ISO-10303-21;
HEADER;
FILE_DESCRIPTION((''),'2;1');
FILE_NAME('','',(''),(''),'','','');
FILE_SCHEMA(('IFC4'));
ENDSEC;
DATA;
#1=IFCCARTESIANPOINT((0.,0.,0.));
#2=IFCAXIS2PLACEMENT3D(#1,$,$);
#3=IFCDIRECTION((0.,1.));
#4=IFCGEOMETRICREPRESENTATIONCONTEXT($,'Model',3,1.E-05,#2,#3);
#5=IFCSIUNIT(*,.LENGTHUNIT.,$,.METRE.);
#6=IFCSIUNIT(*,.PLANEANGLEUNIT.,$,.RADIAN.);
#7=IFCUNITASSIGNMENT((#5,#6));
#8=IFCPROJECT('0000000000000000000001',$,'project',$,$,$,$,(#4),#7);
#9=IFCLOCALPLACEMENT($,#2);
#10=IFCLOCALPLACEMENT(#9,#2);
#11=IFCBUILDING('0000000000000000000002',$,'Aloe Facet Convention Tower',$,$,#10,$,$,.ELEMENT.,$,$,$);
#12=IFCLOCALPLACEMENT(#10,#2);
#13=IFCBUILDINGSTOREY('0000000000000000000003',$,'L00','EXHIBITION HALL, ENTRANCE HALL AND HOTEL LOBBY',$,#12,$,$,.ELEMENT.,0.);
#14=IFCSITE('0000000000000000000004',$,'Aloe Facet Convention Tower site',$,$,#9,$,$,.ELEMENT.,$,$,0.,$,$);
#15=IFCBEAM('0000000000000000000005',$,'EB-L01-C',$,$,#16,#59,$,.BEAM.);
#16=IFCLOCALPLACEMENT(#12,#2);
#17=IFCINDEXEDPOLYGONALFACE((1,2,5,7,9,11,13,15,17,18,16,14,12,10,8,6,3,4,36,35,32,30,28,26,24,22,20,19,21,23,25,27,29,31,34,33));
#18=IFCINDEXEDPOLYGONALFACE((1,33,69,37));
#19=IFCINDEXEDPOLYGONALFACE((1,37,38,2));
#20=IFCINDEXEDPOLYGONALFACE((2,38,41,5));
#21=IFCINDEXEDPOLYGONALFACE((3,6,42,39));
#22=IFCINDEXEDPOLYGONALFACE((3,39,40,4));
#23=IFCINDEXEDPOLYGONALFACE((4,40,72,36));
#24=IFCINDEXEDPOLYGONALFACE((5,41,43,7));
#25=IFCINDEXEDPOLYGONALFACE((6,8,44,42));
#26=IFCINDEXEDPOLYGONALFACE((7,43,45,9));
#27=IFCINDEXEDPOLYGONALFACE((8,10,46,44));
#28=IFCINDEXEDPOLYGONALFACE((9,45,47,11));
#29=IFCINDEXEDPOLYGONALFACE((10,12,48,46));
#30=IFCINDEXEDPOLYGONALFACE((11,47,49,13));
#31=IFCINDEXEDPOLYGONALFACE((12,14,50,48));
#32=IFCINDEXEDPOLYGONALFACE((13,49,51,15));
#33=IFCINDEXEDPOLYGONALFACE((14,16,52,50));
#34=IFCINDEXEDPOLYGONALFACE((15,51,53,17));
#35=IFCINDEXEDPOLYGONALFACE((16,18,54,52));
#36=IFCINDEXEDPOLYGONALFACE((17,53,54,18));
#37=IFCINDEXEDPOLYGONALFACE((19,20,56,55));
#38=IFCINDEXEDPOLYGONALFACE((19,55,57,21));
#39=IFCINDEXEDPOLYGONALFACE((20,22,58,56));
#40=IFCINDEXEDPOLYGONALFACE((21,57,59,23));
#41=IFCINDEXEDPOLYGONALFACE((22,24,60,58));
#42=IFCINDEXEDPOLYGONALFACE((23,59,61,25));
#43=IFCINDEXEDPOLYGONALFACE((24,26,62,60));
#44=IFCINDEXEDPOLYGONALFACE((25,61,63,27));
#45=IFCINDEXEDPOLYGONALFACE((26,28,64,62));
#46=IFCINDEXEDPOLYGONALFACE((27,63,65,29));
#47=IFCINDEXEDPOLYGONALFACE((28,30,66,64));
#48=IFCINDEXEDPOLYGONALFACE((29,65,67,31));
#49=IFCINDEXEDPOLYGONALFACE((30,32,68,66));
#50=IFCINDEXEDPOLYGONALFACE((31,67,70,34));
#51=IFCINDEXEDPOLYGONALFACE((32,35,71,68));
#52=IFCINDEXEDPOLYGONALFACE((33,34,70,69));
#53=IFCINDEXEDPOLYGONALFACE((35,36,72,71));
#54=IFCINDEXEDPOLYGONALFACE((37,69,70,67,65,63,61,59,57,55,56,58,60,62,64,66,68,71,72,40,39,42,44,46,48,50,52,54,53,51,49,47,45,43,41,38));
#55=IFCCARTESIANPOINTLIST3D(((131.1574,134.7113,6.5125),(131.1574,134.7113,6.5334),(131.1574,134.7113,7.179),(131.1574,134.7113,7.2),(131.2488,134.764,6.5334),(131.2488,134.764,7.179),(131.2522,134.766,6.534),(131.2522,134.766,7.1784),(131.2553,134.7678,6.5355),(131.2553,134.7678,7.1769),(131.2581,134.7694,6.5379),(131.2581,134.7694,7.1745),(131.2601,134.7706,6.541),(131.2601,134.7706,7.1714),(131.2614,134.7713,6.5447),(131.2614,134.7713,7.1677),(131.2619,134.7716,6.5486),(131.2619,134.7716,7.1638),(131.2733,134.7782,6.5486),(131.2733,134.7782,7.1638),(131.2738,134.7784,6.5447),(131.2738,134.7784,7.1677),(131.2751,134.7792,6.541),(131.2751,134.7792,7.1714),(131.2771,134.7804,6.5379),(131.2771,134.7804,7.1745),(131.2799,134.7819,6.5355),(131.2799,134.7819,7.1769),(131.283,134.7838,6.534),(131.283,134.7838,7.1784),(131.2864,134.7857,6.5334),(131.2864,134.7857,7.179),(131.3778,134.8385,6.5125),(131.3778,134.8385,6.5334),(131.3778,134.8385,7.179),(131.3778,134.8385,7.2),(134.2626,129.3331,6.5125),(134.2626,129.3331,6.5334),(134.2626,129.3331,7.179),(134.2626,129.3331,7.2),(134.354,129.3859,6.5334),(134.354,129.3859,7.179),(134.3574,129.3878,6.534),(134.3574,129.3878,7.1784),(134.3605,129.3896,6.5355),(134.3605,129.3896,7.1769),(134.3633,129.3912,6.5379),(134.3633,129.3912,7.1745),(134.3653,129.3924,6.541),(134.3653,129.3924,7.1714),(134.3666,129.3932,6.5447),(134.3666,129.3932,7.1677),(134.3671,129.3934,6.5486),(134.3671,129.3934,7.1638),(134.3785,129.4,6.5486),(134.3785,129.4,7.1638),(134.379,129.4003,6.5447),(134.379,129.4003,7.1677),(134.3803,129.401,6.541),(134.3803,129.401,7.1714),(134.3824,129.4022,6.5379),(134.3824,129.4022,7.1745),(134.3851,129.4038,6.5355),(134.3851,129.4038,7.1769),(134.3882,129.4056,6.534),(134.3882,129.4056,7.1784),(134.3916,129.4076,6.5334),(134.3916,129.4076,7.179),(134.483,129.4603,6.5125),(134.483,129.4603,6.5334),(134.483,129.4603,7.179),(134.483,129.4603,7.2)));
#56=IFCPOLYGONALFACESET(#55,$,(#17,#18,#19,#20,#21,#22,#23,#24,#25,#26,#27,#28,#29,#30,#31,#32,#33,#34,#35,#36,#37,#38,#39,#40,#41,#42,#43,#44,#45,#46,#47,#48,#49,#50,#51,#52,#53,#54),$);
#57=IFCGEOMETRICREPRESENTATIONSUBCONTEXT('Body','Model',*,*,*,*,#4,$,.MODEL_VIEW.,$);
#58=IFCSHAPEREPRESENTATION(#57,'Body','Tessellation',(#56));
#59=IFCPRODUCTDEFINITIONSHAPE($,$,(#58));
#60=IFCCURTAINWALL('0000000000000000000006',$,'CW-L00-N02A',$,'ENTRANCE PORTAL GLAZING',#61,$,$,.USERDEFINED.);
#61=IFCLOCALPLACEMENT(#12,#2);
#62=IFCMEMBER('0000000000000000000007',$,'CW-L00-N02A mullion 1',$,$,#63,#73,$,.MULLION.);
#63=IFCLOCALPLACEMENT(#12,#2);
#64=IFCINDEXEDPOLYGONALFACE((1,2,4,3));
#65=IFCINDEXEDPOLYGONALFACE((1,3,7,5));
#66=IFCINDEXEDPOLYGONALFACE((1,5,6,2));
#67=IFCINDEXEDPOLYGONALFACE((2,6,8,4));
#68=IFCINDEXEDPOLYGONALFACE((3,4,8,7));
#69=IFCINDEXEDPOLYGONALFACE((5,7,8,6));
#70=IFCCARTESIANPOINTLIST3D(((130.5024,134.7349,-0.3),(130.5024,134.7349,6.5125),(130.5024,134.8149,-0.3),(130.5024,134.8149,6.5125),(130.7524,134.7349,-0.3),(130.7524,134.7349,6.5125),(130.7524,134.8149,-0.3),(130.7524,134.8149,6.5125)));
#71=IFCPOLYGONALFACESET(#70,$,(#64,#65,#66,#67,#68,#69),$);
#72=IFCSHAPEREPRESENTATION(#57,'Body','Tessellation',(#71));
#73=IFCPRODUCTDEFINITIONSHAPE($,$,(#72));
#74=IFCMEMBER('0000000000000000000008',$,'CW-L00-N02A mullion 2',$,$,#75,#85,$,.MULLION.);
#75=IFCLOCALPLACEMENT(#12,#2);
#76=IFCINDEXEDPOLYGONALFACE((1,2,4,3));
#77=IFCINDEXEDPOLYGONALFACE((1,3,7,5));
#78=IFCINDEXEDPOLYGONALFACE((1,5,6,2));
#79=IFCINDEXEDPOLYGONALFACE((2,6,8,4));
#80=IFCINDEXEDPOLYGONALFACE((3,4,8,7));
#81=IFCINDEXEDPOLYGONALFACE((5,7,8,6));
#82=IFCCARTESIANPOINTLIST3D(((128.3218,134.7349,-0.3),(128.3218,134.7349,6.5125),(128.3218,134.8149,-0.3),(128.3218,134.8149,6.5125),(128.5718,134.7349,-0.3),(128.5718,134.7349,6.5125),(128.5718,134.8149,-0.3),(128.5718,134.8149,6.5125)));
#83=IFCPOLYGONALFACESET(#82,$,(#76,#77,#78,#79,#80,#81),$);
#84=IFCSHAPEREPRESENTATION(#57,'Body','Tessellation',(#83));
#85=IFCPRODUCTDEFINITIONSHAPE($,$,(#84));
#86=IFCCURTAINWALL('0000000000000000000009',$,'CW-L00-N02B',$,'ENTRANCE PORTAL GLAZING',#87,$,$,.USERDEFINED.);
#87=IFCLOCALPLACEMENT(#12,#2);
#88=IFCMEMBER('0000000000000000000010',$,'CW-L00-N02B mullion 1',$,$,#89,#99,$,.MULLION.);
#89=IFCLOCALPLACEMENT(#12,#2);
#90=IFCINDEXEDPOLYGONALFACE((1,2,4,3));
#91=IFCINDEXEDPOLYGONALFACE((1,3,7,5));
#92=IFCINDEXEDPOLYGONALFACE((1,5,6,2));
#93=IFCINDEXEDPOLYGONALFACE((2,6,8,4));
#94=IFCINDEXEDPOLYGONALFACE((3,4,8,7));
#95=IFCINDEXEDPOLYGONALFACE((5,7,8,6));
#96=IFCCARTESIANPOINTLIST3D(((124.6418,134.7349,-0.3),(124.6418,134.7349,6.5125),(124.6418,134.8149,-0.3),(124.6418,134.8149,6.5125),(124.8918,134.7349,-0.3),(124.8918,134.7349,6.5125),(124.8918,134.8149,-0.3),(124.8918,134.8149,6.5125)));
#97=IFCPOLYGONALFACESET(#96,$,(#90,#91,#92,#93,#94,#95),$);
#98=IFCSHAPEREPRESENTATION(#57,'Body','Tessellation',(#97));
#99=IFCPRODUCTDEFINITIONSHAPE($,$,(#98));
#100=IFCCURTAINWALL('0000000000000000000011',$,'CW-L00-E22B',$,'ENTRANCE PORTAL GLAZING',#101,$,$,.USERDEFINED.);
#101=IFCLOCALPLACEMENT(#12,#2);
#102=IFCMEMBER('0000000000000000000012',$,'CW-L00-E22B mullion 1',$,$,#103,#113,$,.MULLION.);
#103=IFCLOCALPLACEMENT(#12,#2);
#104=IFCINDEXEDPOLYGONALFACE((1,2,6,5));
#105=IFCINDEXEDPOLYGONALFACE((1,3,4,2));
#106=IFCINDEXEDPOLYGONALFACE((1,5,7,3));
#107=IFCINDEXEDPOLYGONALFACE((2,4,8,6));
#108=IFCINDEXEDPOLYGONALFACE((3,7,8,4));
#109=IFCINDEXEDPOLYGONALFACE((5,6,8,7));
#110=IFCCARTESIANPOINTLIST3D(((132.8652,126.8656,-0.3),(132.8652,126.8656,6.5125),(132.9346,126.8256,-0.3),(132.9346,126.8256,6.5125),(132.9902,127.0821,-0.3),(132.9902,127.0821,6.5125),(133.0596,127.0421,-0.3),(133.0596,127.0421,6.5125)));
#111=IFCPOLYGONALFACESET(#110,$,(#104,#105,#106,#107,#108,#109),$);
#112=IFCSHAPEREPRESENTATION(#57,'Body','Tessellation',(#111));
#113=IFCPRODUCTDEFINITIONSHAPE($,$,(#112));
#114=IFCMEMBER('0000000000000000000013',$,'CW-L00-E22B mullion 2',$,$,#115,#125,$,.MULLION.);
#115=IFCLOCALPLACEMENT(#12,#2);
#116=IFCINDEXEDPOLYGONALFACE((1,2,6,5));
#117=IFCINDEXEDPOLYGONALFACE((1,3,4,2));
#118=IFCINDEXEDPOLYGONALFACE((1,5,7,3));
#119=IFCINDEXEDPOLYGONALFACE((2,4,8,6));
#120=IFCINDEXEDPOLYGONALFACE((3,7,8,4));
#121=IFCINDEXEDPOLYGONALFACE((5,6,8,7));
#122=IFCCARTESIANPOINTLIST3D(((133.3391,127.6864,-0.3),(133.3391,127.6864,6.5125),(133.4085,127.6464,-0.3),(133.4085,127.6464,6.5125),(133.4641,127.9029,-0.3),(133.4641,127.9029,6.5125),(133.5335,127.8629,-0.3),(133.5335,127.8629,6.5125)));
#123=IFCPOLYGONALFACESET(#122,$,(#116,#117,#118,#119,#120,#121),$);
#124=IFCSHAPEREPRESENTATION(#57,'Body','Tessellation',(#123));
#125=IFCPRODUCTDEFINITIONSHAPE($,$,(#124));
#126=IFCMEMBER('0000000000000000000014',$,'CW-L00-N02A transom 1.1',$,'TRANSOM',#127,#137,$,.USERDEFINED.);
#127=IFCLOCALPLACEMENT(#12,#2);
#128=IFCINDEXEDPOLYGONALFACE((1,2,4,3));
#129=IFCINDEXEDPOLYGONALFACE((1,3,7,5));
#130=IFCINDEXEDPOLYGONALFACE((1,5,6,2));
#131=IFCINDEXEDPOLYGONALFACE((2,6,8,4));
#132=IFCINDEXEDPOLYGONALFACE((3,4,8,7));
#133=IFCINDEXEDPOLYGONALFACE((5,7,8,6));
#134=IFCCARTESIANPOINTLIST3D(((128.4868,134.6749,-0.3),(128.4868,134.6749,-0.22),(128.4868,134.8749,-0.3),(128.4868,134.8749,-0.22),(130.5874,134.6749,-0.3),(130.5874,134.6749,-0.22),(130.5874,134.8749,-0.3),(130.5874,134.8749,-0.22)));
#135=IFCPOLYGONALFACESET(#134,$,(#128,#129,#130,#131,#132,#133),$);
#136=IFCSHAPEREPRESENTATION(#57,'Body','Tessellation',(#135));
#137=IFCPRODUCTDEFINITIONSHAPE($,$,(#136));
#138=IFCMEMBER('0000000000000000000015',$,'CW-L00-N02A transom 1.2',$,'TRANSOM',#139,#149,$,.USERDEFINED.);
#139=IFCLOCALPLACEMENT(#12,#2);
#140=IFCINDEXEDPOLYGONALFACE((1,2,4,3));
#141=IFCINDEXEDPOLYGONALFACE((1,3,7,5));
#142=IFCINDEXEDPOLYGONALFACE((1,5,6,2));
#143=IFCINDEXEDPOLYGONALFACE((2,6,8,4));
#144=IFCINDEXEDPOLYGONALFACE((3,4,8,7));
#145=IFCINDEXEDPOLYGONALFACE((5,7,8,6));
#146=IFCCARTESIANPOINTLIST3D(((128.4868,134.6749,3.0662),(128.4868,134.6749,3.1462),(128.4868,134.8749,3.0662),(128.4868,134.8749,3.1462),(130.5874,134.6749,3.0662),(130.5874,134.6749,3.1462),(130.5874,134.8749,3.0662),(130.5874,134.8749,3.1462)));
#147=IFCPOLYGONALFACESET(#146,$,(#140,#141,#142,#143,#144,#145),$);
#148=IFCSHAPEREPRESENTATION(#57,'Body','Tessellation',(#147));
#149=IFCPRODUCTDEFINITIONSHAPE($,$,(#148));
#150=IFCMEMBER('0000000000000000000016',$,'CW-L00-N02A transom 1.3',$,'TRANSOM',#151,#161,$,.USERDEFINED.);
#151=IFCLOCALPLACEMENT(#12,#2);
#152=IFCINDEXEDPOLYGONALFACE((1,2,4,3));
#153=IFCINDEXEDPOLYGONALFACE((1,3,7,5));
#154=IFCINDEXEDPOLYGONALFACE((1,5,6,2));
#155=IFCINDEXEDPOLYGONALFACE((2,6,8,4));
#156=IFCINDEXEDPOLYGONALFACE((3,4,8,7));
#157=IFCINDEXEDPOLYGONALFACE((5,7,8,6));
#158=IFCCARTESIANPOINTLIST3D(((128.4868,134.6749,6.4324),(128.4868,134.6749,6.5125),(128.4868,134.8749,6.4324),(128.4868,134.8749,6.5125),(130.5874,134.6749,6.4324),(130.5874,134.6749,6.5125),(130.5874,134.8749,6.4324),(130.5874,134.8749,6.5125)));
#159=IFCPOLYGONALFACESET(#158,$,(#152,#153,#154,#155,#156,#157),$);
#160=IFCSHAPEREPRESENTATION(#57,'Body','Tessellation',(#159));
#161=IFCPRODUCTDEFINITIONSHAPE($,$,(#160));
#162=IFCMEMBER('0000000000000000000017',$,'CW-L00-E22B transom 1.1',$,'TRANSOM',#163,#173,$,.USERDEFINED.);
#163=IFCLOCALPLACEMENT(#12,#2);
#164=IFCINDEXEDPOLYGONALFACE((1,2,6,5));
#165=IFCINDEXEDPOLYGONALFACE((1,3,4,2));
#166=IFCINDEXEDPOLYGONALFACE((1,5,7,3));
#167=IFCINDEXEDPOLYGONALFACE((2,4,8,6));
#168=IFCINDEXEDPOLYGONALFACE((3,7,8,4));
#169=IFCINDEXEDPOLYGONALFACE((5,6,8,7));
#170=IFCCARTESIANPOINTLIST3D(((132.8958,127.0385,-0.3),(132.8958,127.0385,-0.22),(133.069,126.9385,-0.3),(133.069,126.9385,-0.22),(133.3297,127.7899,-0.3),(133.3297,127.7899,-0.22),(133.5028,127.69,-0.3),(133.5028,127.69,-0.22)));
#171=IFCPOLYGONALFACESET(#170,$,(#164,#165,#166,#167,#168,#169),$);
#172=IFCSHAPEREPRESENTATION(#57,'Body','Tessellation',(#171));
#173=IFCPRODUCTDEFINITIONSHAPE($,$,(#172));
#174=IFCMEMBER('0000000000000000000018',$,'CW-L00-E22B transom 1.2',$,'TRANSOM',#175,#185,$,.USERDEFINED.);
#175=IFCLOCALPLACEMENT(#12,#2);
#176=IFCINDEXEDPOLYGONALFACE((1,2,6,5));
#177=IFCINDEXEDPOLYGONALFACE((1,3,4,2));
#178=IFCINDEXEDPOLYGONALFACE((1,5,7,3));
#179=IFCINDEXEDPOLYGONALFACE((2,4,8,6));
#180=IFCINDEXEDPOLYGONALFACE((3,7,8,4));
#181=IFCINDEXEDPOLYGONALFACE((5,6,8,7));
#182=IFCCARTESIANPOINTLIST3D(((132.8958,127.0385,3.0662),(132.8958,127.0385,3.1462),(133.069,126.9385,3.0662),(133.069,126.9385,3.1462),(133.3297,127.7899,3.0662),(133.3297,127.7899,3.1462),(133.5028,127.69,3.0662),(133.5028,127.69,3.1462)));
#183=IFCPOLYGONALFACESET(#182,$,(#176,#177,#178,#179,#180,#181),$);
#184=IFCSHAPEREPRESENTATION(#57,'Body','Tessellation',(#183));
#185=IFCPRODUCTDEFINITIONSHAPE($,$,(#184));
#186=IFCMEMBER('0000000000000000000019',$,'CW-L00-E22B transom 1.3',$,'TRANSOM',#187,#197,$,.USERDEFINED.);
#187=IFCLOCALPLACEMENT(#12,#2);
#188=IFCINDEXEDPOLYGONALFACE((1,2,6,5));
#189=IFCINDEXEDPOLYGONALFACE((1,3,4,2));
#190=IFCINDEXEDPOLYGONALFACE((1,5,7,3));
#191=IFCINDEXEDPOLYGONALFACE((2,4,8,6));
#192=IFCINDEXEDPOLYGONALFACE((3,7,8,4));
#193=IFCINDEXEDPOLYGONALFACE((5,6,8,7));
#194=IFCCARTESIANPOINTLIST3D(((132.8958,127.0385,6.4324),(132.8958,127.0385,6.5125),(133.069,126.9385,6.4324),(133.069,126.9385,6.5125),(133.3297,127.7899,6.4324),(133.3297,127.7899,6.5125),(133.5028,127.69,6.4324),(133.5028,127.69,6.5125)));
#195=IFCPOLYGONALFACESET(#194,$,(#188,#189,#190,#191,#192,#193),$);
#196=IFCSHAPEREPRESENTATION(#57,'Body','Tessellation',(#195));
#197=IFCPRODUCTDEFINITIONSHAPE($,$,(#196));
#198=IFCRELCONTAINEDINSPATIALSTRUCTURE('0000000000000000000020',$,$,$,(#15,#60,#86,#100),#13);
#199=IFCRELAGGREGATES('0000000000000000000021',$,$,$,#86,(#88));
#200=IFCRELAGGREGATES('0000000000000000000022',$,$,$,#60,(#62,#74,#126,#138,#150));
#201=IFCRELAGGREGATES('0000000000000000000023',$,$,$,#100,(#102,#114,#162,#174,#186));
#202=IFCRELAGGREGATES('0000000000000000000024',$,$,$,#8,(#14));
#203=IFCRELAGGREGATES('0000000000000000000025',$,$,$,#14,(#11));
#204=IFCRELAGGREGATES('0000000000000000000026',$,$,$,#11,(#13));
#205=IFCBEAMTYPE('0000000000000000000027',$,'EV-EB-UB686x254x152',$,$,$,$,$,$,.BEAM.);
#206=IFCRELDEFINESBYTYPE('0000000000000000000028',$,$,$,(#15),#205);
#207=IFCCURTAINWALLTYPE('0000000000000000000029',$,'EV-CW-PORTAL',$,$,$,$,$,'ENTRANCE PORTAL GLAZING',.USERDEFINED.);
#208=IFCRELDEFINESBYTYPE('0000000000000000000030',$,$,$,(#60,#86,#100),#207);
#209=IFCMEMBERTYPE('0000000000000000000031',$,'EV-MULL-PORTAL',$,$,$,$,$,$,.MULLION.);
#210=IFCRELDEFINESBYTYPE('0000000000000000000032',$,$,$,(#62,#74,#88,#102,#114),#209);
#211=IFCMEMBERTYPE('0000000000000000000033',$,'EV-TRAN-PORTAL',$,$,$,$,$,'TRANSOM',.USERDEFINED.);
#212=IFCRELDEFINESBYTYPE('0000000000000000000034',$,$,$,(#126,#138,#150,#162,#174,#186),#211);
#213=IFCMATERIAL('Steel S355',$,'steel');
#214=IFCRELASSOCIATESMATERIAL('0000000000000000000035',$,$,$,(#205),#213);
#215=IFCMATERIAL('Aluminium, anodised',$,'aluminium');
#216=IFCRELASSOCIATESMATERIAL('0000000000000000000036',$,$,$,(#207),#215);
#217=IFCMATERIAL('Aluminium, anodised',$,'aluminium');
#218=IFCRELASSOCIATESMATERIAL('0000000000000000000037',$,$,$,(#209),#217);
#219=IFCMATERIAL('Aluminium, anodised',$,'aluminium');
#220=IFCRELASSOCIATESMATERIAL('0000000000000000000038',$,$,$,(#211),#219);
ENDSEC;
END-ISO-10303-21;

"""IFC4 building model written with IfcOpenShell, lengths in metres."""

from ifc_helpers import new_model, si_unit, direction, frame, origin, origin_2d, place, context, subcontext, project, spatial, rectangle, i_section, extrude, material, material_profile, profile_set, type_object, element, aggregate, save


model = new_model("IFC4")

# Units and contexts
model_context = context("Model", 3, precision=1e-05, world=origin(), true_north=direction((0.0, 1.0)))
body_context = subcontext(model_context, "Body", "Model", "MODEL_VIEW")
ifc_project = project(units=[si_unit("LENGTHUNIT", "METRE"), si_unit("PLANEANGLEUNIT", "RADIAN")], contexts=[model_context])

# Site, building, storey
site_placement = place(None, origin())
site = spatial("IfcSite", under=ifc_project, at=site_placement, Name="Aloe Facet Convention Tower site", CompositionType="ELEMENT", RefElevation=0.0)
building_placement = place(site_placement, origin())
building = spatial("IfcBuilding", under=site, at=building_placement, Name="Aloe Facet Convention Tower", CompositionType="ELEMENT")
storey_placement = place(building_placement, origin())
storey = spatial("IfcBuildingStorey", under=building, at=storey_placement, Name="L00", Description="EXHIBITION HALL, ENTRANCE HALL AND HOTEL LOBBY", CompositionType="ELEMENT", Elevation=0.0)

# Beam
ifc_material_1 = material(Name="Steel S355", Category="steel")
ifc_material_profile_1 = material_profile(ifc_material_1, i_section(OverallWidth=0.2544, OverallDepth=0.6875, WebThickness=0.0132, FlangeThickness=0.021, FilletRadius=0.0151, at=origin_2d()), Name="UB 686x254x152")
ifc_profile_set_1 = profile_set([ifc_material_profile_1], Name="Steel S355")
beam_type_1 = type_object("IfcBeamType", Name="EV-EB-UB686x254x152", PredefinedType="BEAM", material=ifc_profile_set_1)
beam_1_placement = place(storey_placement, frame((134.3728, 129.3967, 6.8562), z_axis=(-0.500016, 0.866016, 0.0), x_axis=(-0.866016, -0.500016, 0.0)))
element("IfcBeam", 1, at=beam_1_placement, inside=storey, type_object=beam_type_1, Name="EB-L01-C", PredefinedType="BEAM", context=body_context, shape_type="SweptSolid", body=[
    extrude(i_section(OverallWidth=0.2544, OverallDepth=0.6875, WebThickness=0.0132, FlangeThickness=0.021, FilletRadius=0.0151, at=origin_2d()), origin(), (0.0, 0.0, 1.0), 6.2102),
])

# Curtain wall, members
ifc_material_2 = material(Name="Aluminium, anodised", Category="aluminium")
curtain_wall_type = type_object("IfcCurtainWallType", Name="EV-CW-PORTAL", ElementType="ENTRANCE PORTAL GLAZING", PredefinedType="USERDEFINED", material=ifc_material_2)
curtain_wall_1_placement = place(storey_placement, origin())
curtain_wall_1 = element("IfcCurtainWall", 2, at=curtain_wall_1_placement, inside=storey, type_object=curtain_wall_type, Name="CW-L00-N02A", ObjectType="ENTRANCE PORTAL GLAZING", PredefinedType="USERDEFINED")
ifc_material_3 = material(Name="Aluminium, anodised", Category="aluminium")
ifc_material_profile_2 = material_profile(ifc_material_3, rectangle(XDim=0.0801, YDim=0.25, at=origin_2d()), Name="AL 80x250")
ifc_profile_set_2 = profile_set([ifc_material_profile_2], Name="Aluminium, anodised")
member_type_1 = type_object("IfcMemberType", Name="EV-MULL-PORTAL", PredefinedType="MULLION", material=ifc_profile_set_2)
member_1_placement = place(storey_placement, frame((130.6274, 134.7749, -0.3), z_axis=(0.0, 0.0, 1.0), x_axis=(0.0, -1.0, 0.0)))
member_1 = element("IfcMember", 3, at=member_1_placement, type_object=member_type_1, Name="CW-L00-N02A mullion 1", PredefinedType="MULLION", context=body_context, shape_type="SweptSolid", body=[
    extrude(rectangle(XDim=0.0801, YDim=0.25, at=origin_2d()), origin(), (0.0, 0.0, 1.0), 6.8125),
])
member_2_placement = place(storey_placement, frame((128.4468, 134.7749, -0.3), z_axis=(0.0, 0.0, 1.0), x_axis=(0.0, -1.0, 0.0)))
member_2 = element("IfcMember", 4, at=member_2_placement, type_object=member_type_1, Name="CW-L00-N02A mullion 2", PredefinedType="MULLION", context=body_context, shape_type="SweptSolid", body=[
    extrude(rectangle(XDim=0.0801, YDim=0.25, at=origin_2d()), origin(), (0.0, 0.0, 1.0), 6.8125),
])

# Curtain wall, member
curtain_wall_2_placement = place(storey_placement, origin())
curtain_wall_2 = element("IfcCurtainWall", 5, at=curtain_wall_2_placement, inside=storey, type_object=curtain_wall_type, Name="CW-L00-N02B", ObjectType="ENTRANCE PORTAL GLAZING", PredefinedType="USERDEFINED")
member_3_placement = place(storey_placement, frame((124.7668, 134.7749, -0.3), z_axis=(0.0, 0.0, 1.0), x_axis=(0.0, -1.0, 0.0)))
member_3 = element("IfcMember", 6, at=member_3_placement, type_object=member_type_1, Name="CW-L00-N02B mullion 1", PredefinedType="MULLION", context=body_context, shape_type="SweptSolid", body=[
    extrude(rectangle(XDim=0.0801, YDim=0.25, at=origin_2d()), origin(), (0.0, 0.0, 1.0), 6.8125),
])
aggregate(curtain_wall_2, [member_3])

# Curtain wall, members
curtain_wall_3_placement = place(storey_placement, origin())
curtain_wall_3 = element("IfcCurtainWall", 7, at=curtain_wall_3_placement, inside=storey, type_object=curtain_wall_type, Name="CW-L00-E22B", ObjectType="ENTRANCE PORTAL GLAZING", PredefinedType="USERDEFINED")
member_4_placement = place(storey_placement, frame((132.9624, 126.9539, -0.3), z_axis=(0.0, 0.0, 1.0), x_axis=(-0.866025, 0.5, 0.0)))
member_4 = element("IfcMember", 8, at=member_4_placement, type_object=member_type_1, Name="CW-L00-E22B mullion 1", PredefinedType="MULLION", context=body_context, shape_type="SweptSolid", body=[
    extrude(rectangle(XDim=0.0801, YDim=0.25, at=origin_2d()), origin(), (0.0, 0.0, 1.0), 6.8125),
])
member_5_placement = place(storey_placement, frame((133.4363, 127.7747, -0.3), z_axis=(0.0, 0.0, 1.0), x_axis=(-0.866025, 0.5, 0.0)))
member_5 = element("IfcMember", 9, at=member_5_placement, type_object=member_type_1, Name="CW-L00-E22B mullion 2", PredefinedType="MULLION", context=body_context, shape_type="SweptSolid", body=[
    extrude(rectangle(XDim=0.0801, YDim=0.25, at=origin_2d()), origin(), (0.0, 0.0, 1.0), 6.8125),
])

# Members
ifc_material_4 = material(Name="Aluminium, anodised", Category="aluminium")
ifc_material_profile_3 = material_profile(ifc_material_4, rectangle(XDim=0.2, YDim=0.0801, at=origin_2d()), Name="AL 200x80")
ifc_profile_set_3 = profile_set([ifc_material_profile_3], Name="Aluminium, anodised")
member_type_2 = type_object("IfcMemberType", Name="EV-TRAN-PORTAL", ElementType="TRANSOM", PredefinedType="USERDEFINED", material=ifc_profile_set_3)
member_6_placement = place(storey_placement, frame((130.5874, 134.7749, -0.26), z_axis=(-1.0, 0.0, 0.0), x_axis=(0.0, -1.0, 0.0)))
member_6 = element("IfcMember", 10, at=member_6_placement, type_object=member_type_2, Name="CW-L00-N02A transom 1.1", ObjectType="TRANSOM", PredefinedType="USERDEFINED", context=body_context, shape_type="SweptSolid", body=[
    extrude(rectangle(XDim=0.2, YDim=0.0801, at=origin_2d()), origin(), (0.0, 0.0, 1.0), 2.1006),
])
member_7_placement = place(storey_placement, frame((130.5874, 134.7749, 3.1062), z_axis=(-1.0, 0.0, 0.0), x_axis=(0.0, -1.0, 0.0)))
member_7 = element("IfcMember", 11, at=member_7_placement, type_object=member_type_2, Name="CW-L00-N02A transom 1.2", ObjectType="TRANSOM", PredefinedType="USERDEFINED", context=body_context, shape_type="SweptSolid", body=[
    extrude(rectangle(XDim=0.2, YDim=0.0801, at=origin_2d()), origin(), (0.0, 0.0, 1.0), 2.1006),
])
member_8_placement = place(storey_placement, frame((130.5874, 134.7749, 6.4724), z_axis=(-1.0, 0.0, 0.0), x_axis=(0.0, -1.0, 0.0)))
member_8 = element("IfcMember", 12, at=member_8_placement, type_object=member_type_2, Name="CW-L00-N02A transom 1.3", ObjectType="TRANSOM", PredefinedType="USERDEFINED", context=body_context, shape_type="SweptSolid", body=[
    extrude(rectangle(XDim=0.2, YDim=0.0801, at=origin_2d()), origin(), (0.0, 0.0, 1.0), 2.1006),
])
member_9_placement = place(storey_placement, frame((132.9824, 126.9885, -0.26), z_axis=(0.499982, 0.866036, 0.0), x_axis=(-0.866036, 0.499982, 0.0)))
member_9 = element("IfcMember", 13, at=member_9_placement, type_object=member_type_2, Name="CW-L00-E22B transom 1.1", ObjectType="TRANSOM", PredefinedType="USERDEFINED", context=body_context, shape_type="SweptSolid", body=[
    extrude(rectangle(XDim=0.2, YDim=0.0801, at=origin_2d()), origin(), (0.0, 0.0, 1.0), 0.8677),
])
member_10_placement = place(storey_placement, frame((132.9824, 126.9885, 3.1062), z_axis=(0.499982, 0.866036, 0.0), x_axis=(-0.866036, 0.499982, 0.0)))
member_10 = element("IfcMember", 14, at=member_10_placement, type_object=member_type_2, Name="CW-L00-E22B transom 1.2", ObjectType="TRANSOM", PredefinedType="USERDEFINED", context=body_context, shape_type="SweptSolid", body=[
    extrude(rectangle(XDim=0.2, YDim=0.0801, at=origin_2d()), origin(), (0.0, 0.0, 1.0), 0.8677),
])
member_11_placement = place(storey_placement, frame((132.9824, 126.9885, 6.4724), z_axis=(0.499982, 0.866036, 0.0), x_axis=(-0.866036, 0.499982, 0.0)))
member_11 = element("IfcMember", 15, at=member_11_placement, type_object=member_type_2, Name="CW-L00-E22B transom 1.3", ObjectType="TRANSOM", PredefinedType="USERDEFINED", context=body_context, shape_type="SweptSolid", body=[
    extrude(rectangle(XDim=0.2, YDim=0.0801, at=origin_2d()), origin(), (0.0, 0.0, 1.0), 0.8677),
])

aggregate(curtain_wall_1, [member_1, member_2, member_6, member_7, member_8])
aggregate(curtain_wall_3, [member_4, member_5, member_9, member_10, member_11])

save(model, "model.ifc")
